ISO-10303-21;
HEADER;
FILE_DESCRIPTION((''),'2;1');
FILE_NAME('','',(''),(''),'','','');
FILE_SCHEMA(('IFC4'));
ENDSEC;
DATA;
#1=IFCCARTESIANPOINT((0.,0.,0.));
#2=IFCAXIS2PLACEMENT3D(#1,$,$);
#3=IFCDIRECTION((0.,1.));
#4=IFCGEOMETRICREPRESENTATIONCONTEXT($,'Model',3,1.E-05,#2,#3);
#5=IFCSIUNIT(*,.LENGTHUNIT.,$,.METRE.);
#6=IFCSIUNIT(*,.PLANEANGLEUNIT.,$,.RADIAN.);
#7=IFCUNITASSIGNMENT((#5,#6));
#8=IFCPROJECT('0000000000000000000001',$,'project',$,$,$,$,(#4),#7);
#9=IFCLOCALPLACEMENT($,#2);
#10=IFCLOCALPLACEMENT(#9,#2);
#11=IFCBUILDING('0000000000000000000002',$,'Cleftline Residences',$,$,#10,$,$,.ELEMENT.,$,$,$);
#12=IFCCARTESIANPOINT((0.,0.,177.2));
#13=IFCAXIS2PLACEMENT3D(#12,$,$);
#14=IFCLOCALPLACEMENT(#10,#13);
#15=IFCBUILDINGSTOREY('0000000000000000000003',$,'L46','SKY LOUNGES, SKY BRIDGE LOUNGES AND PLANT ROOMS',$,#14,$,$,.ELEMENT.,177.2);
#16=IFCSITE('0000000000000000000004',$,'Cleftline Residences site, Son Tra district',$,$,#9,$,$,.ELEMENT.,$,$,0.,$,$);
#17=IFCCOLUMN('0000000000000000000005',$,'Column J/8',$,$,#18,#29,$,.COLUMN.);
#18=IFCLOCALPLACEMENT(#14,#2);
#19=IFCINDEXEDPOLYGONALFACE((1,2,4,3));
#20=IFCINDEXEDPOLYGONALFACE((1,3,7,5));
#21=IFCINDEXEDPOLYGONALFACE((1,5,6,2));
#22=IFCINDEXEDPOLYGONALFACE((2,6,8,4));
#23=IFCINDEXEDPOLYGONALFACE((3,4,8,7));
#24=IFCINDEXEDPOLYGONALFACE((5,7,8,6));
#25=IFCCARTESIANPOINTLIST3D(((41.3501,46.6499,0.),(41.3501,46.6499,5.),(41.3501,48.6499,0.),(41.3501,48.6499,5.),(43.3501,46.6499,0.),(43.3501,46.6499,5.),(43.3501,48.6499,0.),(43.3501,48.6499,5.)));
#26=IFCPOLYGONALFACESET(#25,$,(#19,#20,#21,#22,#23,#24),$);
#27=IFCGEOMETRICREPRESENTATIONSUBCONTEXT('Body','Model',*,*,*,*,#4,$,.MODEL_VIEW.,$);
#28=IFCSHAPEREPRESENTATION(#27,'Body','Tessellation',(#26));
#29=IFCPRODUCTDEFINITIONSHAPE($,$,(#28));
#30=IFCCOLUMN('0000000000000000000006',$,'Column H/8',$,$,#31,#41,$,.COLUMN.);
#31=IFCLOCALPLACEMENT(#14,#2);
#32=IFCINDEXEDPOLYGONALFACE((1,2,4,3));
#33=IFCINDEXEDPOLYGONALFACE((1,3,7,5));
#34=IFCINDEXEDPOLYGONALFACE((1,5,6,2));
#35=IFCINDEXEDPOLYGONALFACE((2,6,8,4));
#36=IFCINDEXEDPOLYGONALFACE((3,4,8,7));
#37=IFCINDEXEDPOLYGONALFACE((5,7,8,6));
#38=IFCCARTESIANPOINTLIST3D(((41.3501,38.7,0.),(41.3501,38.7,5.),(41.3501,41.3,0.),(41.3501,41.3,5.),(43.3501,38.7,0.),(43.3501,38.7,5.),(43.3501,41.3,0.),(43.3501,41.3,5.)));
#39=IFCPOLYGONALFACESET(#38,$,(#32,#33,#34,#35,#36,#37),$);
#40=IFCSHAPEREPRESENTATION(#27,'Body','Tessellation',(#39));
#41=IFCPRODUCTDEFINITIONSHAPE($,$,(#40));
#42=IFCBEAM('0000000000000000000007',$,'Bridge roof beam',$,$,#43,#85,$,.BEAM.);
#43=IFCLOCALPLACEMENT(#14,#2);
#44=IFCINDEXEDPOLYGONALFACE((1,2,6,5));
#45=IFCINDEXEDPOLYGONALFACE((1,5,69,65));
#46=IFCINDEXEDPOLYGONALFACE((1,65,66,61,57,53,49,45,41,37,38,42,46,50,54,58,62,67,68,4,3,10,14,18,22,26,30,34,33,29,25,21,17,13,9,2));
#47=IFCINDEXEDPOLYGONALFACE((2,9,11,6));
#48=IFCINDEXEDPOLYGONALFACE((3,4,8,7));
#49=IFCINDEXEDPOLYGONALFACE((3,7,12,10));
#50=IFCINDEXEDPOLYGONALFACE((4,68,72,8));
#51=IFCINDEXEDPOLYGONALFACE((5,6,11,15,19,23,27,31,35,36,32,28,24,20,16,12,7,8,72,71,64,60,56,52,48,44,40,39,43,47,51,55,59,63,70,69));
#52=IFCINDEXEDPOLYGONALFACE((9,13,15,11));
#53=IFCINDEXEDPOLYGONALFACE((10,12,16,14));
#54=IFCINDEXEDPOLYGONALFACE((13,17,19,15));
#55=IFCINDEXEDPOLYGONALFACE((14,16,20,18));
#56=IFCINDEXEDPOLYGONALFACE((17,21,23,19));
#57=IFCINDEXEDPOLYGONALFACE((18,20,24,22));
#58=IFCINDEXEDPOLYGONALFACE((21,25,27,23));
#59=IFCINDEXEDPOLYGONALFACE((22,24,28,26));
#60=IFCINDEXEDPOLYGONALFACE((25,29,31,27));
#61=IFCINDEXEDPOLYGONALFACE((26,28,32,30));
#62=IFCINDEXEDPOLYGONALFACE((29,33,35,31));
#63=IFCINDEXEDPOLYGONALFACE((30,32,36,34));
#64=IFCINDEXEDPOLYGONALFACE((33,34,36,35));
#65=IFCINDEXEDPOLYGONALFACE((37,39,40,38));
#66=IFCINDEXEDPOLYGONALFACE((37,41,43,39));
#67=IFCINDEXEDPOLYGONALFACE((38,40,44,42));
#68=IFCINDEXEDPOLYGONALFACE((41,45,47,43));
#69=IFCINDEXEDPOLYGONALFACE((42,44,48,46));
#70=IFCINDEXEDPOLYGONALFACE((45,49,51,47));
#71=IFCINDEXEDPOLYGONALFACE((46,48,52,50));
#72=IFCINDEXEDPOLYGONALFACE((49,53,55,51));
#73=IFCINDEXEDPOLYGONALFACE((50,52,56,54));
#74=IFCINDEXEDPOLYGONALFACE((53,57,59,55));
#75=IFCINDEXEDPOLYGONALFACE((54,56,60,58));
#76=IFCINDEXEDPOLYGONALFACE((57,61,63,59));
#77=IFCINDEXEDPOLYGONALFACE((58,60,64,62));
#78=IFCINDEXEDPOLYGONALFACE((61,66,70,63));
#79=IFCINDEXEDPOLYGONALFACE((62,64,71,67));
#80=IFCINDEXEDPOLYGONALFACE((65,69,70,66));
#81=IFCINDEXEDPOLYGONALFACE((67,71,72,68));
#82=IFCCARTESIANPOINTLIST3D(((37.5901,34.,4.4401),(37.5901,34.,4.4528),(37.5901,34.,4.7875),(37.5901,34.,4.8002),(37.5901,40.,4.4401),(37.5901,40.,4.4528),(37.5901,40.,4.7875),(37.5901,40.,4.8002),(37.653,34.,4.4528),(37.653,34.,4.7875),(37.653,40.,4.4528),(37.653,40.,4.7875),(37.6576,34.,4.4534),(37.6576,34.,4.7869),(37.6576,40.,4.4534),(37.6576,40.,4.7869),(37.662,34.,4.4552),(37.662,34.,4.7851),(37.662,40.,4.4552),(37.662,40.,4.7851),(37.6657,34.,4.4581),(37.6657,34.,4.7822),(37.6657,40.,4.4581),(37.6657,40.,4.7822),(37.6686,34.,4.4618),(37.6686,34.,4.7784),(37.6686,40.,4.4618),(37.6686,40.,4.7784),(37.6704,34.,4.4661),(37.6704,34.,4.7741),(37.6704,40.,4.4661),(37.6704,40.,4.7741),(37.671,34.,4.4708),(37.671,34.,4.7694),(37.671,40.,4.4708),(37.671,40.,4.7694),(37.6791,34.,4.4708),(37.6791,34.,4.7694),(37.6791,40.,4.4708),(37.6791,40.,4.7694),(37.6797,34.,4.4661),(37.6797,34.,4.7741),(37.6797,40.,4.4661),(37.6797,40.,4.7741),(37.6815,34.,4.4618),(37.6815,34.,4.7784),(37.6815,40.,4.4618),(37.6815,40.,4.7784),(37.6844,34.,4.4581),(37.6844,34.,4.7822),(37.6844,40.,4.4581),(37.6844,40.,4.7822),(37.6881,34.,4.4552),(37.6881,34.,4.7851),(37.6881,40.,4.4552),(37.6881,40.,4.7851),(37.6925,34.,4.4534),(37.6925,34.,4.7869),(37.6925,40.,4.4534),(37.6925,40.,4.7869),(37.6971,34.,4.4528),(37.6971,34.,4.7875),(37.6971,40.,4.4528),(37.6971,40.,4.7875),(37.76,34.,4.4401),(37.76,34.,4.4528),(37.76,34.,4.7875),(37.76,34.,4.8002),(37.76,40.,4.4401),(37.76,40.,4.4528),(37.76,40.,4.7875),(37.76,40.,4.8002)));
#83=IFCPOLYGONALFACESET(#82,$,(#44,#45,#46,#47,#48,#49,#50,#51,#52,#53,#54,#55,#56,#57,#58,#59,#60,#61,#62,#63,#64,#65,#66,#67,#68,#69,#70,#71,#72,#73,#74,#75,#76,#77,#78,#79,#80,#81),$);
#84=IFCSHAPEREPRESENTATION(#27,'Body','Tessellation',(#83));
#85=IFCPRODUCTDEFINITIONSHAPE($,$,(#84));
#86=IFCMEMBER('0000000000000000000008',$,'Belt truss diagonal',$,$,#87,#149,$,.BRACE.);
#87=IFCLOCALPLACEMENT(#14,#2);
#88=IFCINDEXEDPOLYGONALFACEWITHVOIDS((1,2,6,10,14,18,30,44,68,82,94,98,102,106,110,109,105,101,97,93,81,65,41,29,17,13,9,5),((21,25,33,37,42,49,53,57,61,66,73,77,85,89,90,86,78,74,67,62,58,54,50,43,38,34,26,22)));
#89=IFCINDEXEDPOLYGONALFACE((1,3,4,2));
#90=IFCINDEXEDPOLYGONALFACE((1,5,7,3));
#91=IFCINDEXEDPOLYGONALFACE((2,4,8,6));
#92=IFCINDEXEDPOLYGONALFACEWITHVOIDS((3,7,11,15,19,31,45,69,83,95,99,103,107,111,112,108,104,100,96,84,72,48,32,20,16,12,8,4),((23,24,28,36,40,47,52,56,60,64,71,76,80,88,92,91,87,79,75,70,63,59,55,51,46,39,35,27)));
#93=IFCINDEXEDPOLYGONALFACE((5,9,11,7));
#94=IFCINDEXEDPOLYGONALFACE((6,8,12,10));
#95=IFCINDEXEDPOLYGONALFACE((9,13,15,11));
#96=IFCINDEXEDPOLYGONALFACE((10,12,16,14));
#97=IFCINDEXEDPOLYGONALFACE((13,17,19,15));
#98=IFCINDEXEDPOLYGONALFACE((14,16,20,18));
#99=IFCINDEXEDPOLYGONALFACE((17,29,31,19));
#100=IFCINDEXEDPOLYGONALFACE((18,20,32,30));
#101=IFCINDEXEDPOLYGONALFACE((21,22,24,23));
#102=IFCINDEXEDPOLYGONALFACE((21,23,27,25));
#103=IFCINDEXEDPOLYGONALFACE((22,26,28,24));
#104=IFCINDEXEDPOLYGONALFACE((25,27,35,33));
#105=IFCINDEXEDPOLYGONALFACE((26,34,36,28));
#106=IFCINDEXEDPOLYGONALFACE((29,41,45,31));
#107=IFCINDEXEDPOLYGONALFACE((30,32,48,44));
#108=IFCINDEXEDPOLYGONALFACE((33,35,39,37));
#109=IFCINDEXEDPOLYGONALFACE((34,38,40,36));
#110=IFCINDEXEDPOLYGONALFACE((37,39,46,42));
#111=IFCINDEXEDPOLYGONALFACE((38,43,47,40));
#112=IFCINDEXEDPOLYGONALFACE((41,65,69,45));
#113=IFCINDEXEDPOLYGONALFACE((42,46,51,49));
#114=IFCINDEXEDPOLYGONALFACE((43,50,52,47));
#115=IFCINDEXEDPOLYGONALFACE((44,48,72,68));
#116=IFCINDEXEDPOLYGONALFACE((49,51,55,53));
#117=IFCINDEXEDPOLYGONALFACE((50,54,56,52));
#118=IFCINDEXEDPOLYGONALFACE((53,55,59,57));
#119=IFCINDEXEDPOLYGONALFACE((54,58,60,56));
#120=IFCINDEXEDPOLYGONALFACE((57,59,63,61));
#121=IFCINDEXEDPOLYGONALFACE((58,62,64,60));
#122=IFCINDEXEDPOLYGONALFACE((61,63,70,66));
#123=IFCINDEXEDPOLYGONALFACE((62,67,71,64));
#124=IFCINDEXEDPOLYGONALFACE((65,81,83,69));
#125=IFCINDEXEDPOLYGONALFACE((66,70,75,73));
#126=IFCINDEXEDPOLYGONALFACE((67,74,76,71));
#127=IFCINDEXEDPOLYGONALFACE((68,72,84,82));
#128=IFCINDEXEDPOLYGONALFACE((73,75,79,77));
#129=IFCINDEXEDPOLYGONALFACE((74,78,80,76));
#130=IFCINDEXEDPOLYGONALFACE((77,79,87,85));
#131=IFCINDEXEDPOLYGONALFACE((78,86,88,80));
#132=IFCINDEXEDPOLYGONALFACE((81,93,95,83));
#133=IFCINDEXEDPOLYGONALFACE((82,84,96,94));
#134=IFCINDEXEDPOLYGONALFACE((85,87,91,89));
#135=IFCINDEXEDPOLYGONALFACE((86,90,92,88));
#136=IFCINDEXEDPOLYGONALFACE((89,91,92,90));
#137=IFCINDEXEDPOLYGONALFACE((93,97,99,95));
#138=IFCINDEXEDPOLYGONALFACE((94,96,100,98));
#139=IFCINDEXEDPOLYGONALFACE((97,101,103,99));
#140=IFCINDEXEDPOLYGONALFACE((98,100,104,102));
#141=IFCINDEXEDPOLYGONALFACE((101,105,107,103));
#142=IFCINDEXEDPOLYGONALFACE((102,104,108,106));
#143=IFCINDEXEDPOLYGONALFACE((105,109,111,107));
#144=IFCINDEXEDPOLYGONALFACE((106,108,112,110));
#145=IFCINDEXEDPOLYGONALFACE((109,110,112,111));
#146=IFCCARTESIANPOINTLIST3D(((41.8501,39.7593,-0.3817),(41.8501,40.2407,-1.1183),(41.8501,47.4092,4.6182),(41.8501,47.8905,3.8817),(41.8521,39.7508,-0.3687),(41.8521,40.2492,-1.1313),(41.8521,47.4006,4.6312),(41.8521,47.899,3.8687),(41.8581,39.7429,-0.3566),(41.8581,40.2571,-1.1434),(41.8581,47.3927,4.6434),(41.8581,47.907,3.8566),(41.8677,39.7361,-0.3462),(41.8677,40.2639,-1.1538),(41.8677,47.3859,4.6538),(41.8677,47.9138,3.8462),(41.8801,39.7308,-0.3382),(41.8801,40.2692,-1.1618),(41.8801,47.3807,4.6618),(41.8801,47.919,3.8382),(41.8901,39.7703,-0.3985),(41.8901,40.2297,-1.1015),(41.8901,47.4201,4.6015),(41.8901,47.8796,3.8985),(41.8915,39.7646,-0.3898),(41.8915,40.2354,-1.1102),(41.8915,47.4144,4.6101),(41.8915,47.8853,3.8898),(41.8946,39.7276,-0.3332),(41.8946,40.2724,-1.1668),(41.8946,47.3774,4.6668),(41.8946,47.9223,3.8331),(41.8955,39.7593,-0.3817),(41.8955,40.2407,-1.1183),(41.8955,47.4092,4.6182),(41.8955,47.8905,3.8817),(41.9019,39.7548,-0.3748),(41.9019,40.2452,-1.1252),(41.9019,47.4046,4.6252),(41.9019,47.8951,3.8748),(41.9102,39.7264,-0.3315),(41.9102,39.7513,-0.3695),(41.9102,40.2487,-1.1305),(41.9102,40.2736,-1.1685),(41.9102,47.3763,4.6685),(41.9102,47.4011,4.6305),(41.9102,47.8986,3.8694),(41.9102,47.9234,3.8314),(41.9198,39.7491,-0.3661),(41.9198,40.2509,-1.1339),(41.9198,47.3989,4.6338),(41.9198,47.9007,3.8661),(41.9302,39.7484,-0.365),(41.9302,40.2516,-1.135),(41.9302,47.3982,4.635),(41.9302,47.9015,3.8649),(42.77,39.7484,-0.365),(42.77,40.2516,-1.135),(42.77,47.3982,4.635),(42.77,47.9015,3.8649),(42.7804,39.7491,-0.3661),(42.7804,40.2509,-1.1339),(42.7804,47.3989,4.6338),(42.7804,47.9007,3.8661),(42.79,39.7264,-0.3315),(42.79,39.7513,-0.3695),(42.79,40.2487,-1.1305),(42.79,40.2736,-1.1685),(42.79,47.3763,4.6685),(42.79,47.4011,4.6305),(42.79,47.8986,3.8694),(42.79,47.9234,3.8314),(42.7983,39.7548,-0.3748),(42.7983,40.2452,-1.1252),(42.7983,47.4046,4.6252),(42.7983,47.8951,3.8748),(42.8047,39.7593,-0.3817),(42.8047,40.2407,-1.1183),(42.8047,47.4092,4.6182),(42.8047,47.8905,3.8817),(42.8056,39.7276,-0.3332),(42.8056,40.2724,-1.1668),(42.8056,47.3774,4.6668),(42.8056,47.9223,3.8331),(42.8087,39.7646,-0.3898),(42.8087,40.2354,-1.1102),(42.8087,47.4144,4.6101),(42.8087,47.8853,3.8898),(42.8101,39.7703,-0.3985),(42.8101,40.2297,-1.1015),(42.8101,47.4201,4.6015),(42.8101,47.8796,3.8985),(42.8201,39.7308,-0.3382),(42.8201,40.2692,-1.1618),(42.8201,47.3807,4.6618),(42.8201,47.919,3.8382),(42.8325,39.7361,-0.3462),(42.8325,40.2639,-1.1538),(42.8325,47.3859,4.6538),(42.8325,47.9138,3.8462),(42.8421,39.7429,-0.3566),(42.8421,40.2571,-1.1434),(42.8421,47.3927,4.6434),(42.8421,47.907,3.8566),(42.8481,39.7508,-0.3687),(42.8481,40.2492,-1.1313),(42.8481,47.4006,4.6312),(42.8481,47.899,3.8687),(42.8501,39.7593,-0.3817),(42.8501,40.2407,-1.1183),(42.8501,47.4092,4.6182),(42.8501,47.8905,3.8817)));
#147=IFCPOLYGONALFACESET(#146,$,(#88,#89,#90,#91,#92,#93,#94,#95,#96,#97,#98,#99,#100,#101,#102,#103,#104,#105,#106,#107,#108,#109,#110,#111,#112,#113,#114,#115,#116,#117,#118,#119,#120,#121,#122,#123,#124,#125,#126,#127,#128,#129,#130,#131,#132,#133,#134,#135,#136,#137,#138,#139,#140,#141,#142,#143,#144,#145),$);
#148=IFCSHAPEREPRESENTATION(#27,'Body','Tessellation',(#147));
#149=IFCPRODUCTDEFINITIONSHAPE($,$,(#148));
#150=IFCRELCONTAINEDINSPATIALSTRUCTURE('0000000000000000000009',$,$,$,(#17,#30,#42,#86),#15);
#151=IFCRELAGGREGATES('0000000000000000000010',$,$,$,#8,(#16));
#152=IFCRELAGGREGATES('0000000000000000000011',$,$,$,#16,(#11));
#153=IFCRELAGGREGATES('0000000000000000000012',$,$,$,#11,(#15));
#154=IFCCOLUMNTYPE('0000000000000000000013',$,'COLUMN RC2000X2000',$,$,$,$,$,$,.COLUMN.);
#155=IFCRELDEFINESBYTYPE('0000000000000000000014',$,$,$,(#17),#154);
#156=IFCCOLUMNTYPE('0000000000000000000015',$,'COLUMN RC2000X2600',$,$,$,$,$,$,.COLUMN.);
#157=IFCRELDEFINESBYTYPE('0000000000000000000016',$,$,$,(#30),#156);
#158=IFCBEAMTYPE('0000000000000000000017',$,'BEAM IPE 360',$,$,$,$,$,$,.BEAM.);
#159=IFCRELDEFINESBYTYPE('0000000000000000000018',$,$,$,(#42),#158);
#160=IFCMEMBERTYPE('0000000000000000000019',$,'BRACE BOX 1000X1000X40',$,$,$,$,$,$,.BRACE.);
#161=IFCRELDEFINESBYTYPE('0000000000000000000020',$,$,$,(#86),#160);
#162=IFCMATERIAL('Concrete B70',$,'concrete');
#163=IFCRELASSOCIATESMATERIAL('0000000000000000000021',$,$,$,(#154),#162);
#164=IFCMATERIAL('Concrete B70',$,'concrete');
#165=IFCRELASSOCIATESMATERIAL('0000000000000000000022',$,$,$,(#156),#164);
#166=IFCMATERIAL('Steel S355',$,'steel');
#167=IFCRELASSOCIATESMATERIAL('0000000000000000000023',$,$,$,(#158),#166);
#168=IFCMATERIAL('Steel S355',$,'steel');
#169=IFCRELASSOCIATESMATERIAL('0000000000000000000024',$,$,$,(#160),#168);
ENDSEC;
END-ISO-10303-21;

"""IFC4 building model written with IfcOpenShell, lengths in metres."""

from ifc_helpers import new_model, si_unit, direction, frame, origin, origin_2d, place, context, subcontext, project, spatial, rectangle, hollow_rectangle, i_section, extrude, material, material_profile, profile_set, type_object, element, save


model = new_model("IFC4")

# Units and contexts
model_context = context("Model", 3, precision=1e-05, world=origin(), true_north=direction((0.0, 1.0)))
body_context = subcontext(model_context, "Body", "Model", "MODEL_VIEW")
ifc_project = project(units=[si_unit("LENGTHUNIT", "METRE"), si_unit("PLANEANGLEUNIT", "RADIAN")], contexts=[model_context])

# Site, building, storey
site_placement = place(None, origin())
site = spatial("IfcSite", under=ifc_project, at=site_placement, Name="Cleftline Residences site, Son Tra district", CompositionType="ELEMENT", RefElevation=0.0)
building_placement = place(site_placement, origin())
building = spatial("IfcBuilding", under=site, at=building_placement, Name="Cleftline Residences", CompositionType="ELEMENT")
storey_placement = place(building_placement, frame((0.0, 0.0, 177.2)))
storey = spatial("IfcBuildingStorey", under=building, at=storey_placement, Name="L46", Description="SKY LOUNGES, SKY BRIDGE LOUNGES AND PLANT ROOMS", CompositionType="ELEMENT", Elevation=177.2)

# Columns
ifc_material_1 = material(Name="Concrete B70", Category="concrete")
ifc_material_profile_1 = material_profile(ifc_material_1, rectangle(XDim=2.0, YDim=2.0, at=origin_2d()))
ifc_profile_set_1 = profile_set([ifc_material_profile_1], Name="Concrete B70")
column_type_1 = type_object("IfcColumnType", Name="COLUMN RC2000X2000", PredefinedType="COLUMN", material=ifc_profile_set_1)
column_1_placement = place(storey_placement, frame((42.3501, 47.6499, 0.0), z_axis=(0.0, 0.0, 1.0), x_axis=(1.0, 0.0, 0.0)))
element("IfcColumn", 1, at=column_1_placement, inside=storey, type_object=column_type_1, Name="Column J/8", PredefinedType="COLUMN", context=body_context, shape_type="SweptSolid", body=[
    extrude(rectangle(XDim=2.0, YDim=2.0, at=origin_2d()), origin(), (0.0, 0.0, 1.0), 5.0),
])
ifc_material_2 = material(Name="Concrete B70", Category="concrete")
ifc_material_profile_2 = material_profile(ifc_material_2, rectangle(XDim=2.0, YDim=2.6001, at=origin_2d()))
ifc_profile_set_2 = profile_set([ifc_material_profile_2], Name="Concrete B70")
column_type_2 = type_object("IfcColumnType", Name="COLUMN RC2000X2600", PredefinedType="COLUMN", material=ifc_profile_set_2)
column_2_placement = place(storey_placement, frame((42.3501, 40.0, 0.0), z_axis=(0.0, 0.0, 1.0), x_axis=(1.0, 0.0, 0.0)))
element("IfcColumn", 2, at=column_2_placement, inside=storey, type_object=column_type_2, Name="Column H/8", PredefinedType="COLUMN", context=body_context, shape_type="SweptSolid", body=[
    extrude(rectangle(XDim=2.0, YDim=2.6001, at=origin_2d()), origin(), (0.0, 0.0, 1.0), 5.0),
])

# Beam
ifc_material_3 = material(Name="Steel S355", Category="steel")
ifc_material_profile_3 = material_profile(ifc_material_3, i_section(OverallWidth=0.1699, OverallDepth=0.3601, WebThickness=0.0081, FlangeThickness=0.0127, FilletRadius=0.0181, at=origin_2d()))
ifc_profile_set_3 = profile_set([ifc_material_profile_3], Name="Steel S355")
beam_type = type_object("IfcBeamType", Name="BEAM IPE 360", PredefinedType="BEAM", material=ifc_profile_set_3)
beam_placement = place(storey_placement, frame((37.675, 40.0, 4.6201), z_axis=(0.0, -1.0, 0.0), x_axis=(1.0, 0.0, 0.0)))
element("IfcBeam", 3, at=beam_placement, inside=storey, type_object=beam_type, Name="Bridge roof beam", PredefinedType="BEAM", context=body_context, shape_type="SweptSolid", body=[
    extrude(i_section(OverallWidth=0.1699, OverallDepth=0.3601, WebThickness=0.0081, FlangeThickness=0.0127, FilletRadius=0.0181, at=origin_2d()), origin(), (0.0, 0.0, 1.0), 6.0),
])

# Member
ifc_material_4 = material(Name="Steel S355", Category="steel")
ifc_material_profile_4 = material_profile(ifc_material_4, hollow_rectangle(XDim=1.0, YDim=1.0, WallThickness=0.04, InnerFilletRadius=0.04, OuterFilletRadius=0.0601, at=origin_2d()))
ifc_profile_set_4 = profile_set([ifc_material_profile_4], Name="Steel S355")
member_type_1 = type_object("IfcMemberType", Name="BRACE BOX 1000X1000X40", PredefinedType="BRACE", material=ifc_profile_set_4)
for number, where, z_axis, x_axis, name in (
    (4, (42.3501, 40.0, -0.75), (0.0, 0.837063, 0.547107), (0.0, -0.547107, 0.837063), "Belt truss diagonal"),
):
    element("IfcMember", number, at=place(storey_placement, frame(where, z_axis=z_axis, x_axis=x_axis)), inside=storey, type_object=member_type_1, Name=name, PredefinedType="BRACE", context=body_context, shape_type="SweptSolid", body=[
        extrude(hollow_rectangle(XDim=1.0, YDim=1.0, WallThickness=0.04, InnerFilletRadius=0.04, OuterFilletRadius=0.0601, at=origin_2d()), origin(), (0.0, 0.0, 1.0), 9.1389),
    ])

save(model, "model.ifc")
